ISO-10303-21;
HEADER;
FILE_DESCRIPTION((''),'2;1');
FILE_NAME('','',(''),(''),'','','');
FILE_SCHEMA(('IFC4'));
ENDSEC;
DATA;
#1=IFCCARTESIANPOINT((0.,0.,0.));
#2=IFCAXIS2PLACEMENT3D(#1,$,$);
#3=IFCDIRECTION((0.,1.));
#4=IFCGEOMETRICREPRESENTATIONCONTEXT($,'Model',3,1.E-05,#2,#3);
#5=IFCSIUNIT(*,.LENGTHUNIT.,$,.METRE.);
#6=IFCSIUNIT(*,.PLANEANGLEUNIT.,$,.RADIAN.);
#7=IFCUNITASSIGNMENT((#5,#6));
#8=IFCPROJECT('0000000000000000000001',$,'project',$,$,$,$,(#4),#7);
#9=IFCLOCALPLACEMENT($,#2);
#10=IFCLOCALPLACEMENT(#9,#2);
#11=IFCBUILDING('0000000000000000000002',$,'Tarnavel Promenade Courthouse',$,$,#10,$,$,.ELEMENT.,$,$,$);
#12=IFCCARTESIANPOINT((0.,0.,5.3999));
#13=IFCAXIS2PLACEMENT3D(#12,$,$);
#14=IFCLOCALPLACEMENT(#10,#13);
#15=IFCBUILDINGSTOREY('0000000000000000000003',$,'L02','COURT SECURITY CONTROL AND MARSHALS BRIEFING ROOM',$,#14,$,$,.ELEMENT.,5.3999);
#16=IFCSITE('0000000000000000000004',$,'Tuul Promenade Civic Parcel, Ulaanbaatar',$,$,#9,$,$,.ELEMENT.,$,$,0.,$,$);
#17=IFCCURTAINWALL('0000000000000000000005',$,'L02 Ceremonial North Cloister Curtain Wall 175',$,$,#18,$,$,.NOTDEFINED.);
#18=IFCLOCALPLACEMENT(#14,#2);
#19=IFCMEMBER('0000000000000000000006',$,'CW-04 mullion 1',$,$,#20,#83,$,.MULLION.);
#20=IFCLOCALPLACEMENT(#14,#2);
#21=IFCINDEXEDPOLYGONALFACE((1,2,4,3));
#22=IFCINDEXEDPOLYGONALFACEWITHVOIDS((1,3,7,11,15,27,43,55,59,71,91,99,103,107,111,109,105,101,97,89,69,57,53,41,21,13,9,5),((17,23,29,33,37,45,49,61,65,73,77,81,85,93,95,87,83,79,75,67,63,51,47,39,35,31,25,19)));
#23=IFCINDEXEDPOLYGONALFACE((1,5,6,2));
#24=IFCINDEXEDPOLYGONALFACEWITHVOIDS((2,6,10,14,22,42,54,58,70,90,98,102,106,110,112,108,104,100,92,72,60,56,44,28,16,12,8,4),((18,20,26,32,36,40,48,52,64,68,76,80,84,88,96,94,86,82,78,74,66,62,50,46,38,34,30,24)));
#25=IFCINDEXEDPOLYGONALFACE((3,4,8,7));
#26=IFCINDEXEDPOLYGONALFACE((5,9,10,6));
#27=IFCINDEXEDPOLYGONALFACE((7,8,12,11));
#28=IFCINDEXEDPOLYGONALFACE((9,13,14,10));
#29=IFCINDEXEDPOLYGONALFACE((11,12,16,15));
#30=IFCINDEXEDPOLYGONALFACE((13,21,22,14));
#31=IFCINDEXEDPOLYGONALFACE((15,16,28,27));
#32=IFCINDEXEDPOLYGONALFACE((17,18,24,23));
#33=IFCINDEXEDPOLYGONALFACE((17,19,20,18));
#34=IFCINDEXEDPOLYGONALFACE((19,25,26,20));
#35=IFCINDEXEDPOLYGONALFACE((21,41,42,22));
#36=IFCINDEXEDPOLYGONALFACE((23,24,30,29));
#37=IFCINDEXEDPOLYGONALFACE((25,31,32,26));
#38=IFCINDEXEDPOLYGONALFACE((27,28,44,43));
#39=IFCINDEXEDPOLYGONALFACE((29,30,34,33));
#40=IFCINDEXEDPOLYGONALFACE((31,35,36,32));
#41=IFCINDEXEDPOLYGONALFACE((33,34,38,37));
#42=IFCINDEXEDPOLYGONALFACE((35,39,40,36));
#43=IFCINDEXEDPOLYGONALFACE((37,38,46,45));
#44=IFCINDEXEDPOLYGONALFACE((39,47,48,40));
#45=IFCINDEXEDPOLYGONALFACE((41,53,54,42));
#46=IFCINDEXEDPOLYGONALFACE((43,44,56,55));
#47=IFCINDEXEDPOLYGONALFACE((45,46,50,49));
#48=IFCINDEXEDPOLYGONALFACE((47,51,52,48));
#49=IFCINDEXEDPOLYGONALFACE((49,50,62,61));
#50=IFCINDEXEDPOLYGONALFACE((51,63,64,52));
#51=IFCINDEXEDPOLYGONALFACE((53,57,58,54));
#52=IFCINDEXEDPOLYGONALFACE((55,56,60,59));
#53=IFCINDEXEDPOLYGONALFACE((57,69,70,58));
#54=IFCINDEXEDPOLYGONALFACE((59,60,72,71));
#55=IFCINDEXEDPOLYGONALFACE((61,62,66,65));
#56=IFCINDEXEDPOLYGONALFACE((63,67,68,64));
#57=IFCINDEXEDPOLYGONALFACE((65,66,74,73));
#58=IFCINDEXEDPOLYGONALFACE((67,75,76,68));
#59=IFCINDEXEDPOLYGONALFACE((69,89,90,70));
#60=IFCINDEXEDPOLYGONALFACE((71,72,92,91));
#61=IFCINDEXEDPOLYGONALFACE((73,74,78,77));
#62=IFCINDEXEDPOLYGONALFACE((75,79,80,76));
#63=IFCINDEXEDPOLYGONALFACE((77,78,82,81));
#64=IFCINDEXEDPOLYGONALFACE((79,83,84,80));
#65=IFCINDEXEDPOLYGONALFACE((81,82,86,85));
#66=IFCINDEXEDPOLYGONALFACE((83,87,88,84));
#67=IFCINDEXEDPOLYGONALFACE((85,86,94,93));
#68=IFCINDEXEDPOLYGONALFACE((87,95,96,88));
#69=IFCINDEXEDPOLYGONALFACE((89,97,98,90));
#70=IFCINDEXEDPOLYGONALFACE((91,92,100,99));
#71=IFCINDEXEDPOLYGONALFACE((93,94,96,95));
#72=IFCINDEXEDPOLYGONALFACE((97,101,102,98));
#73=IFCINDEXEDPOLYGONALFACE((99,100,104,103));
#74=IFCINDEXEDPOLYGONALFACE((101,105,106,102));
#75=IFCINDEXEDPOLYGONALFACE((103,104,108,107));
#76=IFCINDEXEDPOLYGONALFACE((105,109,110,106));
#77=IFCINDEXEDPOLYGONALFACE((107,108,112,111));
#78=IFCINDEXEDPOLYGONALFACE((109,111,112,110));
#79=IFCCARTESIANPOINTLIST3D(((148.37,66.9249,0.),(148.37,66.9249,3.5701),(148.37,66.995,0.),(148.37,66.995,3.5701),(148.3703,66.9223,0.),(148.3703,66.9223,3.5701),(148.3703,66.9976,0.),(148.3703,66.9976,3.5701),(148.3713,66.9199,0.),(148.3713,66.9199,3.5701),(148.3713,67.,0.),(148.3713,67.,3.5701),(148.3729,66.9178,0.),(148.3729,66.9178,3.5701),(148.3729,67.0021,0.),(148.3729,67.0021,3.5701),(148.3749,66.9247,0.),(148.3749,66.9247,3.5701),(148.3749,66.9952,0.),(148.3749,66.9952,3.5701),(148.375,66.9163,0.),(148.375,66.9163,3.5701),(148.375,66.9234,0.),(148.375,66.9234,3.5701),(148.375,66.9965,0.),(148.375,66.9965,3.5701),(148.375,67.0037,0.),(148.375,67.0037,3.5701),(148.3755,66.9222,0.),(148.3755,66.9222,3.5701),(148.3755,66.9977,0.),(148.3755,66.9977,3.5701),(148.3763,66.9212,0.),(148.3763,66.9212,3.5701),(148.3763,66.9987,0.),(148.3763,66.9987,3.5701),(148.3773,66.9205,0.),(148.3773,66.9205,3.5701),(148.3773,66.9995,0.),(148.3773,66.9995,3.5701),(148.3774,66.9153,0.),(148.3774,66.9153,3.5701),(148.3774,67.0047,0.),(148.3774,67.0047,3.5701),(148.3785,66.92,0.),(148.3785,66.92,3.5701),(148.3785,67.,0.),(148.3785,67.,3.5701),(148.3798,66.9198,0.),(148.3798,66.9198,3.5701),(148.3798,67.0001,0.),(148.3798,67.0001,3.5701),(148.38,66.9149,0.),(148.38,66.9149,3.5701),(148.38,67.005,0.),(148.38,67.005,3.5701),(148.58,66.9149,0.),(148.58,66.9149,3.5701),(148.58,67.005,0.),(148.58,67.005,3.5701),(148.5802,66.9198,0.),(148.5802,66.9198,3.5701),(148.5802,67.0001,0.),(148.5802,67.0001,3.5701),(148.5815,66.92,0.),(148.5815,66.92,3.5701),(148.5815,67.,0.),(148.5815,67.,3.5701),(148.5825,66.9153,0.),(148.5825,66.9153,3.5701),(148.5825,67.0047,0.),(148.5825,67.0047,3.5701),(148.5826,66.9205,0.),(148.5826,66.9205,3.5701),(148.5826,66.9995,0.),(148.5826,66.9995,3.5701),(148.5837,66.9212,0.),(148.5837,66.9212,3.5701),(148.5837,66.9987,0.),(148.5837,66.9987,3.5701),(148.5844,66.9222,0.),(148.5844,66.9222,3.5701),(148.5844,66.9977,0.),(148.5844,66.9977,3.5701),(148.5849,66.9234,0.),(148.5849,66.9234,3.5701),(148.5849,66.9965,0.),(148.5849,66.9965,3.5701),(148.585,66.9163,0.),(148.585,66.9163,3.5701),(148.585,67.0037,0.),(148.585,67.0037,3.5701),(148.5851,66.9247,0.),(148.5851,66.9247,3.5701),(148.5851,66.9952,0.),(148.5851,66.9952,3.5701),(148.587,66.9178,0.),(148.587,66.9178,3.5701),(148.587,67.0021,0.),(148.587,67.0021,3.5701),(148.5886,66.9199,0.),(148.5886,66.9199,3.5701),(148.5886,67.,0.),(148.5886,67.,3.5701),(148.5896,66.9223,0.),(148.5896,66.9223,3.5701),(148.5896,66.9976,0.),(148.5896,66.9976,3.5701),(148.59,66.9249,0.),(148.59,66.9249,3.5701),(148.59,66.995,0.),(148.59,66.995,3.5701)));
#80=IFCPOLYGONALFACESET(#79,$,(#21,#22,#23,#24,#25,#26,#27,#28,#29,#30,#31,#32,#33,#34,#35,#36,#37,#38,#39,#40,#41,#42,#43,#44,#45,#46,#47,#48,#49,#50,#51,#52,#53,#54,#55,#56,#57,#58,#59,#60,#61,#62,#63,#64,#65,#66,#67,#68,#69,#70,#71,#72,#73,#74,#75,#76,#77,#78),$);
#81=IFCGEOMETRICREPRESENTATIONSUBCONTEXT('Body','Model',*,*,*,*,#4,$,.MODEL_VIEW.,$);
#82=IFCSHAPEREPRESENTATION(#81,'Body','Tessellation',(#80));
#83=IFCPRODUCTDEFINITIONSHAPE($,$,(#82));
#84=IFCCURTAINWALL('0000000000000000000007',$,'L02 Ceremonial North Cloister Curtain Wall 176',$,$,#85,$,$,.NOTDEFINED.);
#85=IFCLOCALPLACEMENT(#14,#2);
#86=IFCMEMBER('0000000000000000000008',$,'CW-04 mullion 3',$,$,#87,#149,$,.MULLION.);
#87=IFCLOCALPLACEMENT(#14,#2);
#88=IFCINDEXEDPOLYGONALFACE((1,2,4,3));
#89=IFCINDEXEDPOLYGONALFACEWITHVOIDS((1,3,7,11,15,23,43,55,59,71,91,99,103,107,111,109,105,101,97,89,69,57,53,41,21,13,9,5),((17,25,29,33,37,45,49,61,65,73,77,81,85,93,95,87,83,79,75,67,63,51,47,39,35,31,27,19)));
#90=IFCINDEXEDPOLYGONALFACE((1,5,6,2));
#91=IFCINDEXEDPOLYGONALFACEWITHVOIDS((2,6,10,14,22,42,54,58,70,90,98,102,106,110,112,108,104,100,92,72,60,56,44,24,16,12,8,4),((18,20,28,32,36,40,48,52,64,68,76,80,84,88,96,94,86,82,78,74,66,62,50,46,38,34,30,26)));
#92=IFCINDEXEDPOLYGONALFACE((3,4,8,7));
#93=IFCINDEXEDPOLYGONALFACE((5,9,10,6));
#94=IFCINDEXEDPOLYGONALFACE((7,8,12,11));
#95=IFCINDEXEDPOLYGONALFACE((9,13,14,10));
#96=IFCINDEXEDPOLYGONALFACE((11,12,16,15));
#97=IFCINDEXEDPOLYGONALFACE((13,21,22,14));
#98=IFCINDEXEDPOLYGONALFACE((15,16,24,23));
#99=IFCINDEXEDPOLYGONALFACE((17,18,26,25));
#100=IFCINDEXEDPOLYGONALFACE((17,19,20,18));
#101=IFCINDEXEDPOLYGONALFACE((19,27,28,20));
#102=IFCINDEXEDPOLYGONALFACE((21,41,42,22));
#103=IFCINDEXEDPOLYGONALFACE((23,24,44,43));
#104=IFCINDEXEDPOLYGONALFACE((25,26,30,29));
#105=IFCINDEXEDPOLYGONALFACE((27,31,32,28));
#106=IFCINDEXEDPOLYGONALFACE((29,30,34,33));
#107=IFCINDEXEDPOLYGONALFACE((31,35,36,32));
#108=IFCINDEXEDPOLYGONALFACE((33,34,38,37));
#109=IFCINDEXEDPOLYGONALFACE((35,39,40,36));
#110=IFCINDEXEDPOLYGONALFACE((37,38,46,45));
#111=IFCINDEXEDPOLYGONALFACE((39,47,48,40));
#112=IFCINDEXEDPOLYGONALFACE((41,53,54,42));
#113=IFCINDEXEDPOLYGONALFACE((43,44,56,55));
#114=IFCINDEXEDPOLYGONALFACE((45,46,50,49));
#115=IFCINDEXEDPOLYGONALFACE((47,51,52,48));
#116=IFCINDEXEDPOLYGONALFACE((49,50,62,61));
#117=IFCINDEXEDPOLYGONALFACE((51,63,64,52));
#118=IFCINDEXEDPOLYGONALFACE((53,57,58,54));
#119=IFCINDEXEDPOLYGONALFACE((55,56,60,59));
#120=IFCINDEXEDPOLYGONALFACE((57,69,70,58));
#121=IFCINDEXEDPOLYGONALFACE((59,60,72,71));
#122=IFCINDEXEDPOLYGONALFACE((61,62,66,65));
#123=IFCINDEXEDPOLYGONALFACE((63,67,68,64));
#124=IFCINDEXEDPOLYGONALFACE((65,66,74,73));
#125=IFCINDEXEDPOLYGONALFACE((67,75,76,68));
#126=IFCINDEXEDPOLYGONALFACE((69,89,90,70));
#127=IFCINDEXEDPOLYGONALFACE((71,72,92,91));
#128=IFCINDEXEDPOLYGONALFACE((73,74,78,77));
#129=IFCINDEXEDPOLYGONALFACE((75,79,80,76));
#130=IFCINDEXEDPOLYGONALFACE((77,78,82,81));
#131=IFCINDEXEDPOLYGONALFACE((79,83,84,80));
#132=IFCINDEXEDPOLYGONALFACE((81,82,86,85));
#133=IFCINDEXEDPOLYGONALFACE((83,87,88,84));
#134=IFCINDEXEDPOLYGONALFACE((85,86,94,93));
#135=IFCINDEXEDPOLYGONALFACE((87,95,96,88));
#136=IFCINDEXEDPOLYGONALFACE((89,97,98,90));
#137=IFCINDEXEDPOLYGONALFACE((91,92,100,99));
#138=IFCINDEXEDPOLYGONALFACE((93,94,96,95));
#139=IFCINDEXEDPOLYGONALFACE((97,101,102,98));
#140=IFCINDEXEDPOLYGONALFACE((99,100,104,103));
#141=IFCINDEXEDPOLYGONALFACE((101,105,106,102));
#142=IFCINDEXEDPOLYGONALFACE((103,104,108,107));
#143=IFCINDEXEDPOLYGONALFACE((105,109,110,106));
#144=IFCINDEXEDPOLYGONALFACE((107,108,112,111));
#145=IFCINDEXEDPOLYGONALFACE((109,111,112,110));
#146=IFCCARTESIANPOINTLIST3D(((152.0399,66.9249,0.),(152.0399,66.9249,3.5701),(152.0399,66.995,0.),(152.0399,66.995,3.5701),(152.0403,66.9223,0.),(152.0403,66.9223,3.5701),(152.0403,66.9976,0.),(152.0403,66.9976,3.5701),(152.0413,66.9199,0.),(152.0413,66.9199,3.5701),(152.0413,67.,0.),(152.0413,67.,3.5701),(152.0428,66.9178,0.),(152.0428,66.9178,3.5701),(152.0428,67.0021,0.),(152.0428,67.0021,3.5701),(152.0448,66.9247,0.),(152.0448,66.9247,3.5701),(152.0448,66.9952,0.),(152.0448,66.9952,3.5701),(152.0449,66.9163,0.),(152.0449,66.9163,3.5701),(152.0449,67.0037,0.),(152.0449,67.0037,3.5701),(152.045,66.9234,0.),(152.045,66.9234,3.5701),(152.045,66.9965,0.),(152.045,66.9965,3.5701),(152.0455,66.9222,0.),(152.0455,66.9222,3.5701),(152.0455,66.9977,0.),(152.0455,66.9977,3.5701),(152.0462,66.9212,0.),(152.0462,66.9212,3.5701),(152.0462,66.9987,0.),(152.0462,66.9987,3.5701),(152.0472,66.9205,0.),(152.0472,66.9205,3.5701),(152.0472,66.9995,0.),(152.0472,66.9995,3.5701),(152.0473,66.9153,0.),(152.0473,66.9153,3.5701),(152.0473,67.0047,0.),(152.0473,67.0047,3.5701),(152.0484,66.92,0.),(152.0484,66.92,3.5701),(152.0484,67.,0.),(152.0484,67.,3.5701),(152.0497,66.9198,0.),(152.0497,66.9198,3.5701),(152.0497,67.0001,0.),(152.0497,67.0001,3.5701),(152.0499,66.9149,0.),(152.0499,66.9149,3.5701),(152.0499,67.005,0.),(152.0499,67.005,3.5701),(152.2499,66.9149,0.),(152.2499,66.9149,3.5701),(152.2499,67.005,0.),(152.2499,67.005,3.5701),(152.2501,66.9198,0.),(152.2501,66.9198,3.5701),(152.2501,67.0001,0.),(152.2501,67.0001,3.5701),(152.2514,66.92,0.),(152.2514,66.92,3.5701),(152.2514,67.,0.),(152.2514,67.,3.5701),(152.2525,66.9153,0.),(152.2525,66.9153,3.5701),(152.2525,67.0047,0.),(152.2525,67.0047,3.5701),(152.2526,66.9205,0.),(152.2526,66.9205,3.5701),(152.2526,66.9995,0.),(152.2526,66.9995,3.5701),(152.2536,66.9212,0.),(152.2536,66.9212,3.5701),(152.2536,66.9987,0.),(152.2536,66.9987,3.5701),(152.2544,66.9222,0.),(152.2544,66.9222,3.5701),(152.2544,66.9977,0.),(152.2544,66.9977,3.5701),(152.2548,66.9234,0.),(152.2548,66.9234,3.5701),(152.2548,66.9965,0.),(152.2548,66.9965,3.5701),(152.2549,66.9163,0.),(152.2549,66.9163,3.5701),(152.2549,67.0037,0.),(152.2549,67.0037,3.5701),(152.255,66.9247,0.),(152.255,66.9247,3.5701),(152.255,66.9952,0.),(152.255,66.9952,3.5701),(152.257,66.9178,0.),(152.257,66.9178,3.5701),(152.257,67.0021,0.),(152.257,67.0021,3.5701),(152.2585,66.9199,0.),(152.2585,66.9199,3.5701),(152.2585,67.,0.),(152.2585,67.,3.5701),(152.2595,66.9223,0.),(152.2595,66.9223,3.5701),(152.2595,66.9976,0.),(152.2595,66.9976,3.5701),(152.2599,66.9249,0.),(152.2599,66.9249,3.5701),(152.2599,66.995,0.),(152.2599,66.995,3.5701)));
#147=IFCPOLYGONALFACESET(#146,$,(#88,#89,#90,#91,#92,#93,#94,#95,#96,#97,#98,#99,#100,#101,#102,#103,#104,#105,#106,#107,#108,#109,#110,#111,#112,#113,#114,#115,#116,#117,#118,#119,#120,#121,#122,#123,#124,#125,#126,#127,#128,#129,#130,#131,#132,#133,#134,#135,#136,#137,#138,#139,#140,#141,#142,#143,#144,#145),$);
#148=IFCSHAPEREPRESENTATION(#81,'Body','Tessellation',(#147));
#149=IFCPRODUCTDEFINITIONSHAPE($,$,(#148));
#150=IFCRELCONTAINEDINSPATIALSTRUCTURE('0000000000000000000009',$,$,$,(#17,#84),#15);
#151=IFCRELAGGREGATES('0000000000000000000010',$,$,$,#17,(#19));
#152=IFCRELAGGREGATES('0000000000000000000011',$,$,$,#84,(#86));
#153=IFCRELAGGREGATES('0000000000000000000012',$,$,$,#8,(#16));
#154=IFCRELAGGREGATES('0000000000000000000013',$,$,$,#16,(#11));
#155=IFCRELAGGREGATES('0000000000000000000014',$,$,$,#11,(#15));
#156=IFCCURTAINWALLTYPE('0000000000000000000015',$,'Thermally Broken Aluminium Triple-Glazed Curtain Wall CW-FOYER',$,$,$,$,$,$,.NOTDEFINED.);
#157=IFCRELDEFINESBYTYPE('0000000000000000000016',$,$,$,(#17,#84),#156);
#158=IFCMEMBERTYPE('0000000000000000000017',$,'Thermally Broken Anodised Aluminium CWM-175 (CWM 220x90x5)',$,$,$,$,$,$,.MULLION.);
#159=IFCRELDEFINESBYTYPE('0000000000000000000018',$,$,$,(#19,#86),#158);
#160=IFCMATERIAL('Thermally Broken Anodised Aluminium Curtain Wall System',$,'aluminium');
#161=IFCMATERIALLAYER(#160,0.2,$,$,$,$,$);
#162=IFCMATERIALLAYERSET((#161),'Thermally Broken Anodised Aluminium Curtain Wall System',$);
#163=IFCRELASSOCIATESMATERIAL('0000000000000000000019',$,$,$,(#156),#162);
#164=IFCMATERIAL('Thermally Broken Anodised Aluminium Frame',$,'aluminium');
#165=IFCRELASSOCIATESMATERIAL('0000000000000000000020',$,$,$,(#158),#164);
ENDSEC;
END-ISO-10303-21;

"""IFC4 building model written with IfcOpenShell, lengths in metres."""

from ifc_helpers import new_model, si_unit, direction, frame, origin, origin_2d, place, context, subcontext, project, spatial, hollow_rectangle, extrude, material, layer, layer_set, material_profile, profile_set, type_object, element, aggregate, save


model = new_model("IFC4")

# Units and contexts
model_context = context("Model", 3, precision=1e-05, world=origin(), true_north=direction((0.0, 1.0)))
body_context = subcontext(model_context, "Body", "Model", "MODEL_VIEW")
ifc_project = project(units=[si_unit("LENGTHUNIT", "METRE"), si_unit("PLANEANGLEUNIT", "RADIAN")], contexts=[model_context])

# Site, building, storey
site_placement = place(None, origin())
site = spatial("IfcSite", under=ifc_project, at=site_placement, Name="Tuul Promenade Civic Parcel, Ulaanbaatar", CompositionType="ELEMENT", RefElevation=0.0)
building_placement = place(site_placement, origin())
building = spatial("IfcBuilding", under=site, at=building_placement, Name="Tarnavel Promenade Courthouse", CompositionType="ELEMENT")
storey_placement = place(building_placement, frame((0.0, 0.0, 5.3999)))
storey = spatial("IfcBuildingStorey", under=building, at=storey_placement, Name="L02", Description="COURT SECURITY CONTROL AND MARSHALS BRIEFING ROOM", CompositionType="ELEMENT", Elevation=5.3999)

# Curtain wall, member
ifc_material_1 = material(Name="Thermally Broken Anodised Aluminium Curtain Wall System", Category="aluminium")
ifc_layer_1 = layer(ifc_material_1, 0.2)
ifc_layer_set_1 = layer_set([ifc_layer_1], Name="Thermally Broken Anodised Aluminium Curtain Wall System")
curtain_wall_type = type_object("IfcCurtainWallType", Name="Thermally Broken Aluminium Triple-Glazed Curtain Wall CW-FOYER", PredefinedType="NOTDEFINED", material=ifc_layer_set_1)
curtain_wall_1_placement = place(storey_placement, origin())
curtain_wall_1 = element("IfcCurtainWall", 1, at=curtain_wall_1_placement, inside=storey, type_object=curtain_wall_type, Name="L02 Ceremonial North Cloister Curtain Wall 175", PredefinedType="NOTDEFINED")
ifc_material_2 = material(Name="Thermally Broken Anodised Aluminium Frame", Category="aluminium")
ifc_material_profile_1 = material_profile(ifc_material_2, hollow_rectangle(XDim=0.0901, YDim=0.22, WallThickness=0.0049, InnerFilletRadius=0.0049, OuterFilletRadius=0.01, at=origin_2d()), Name="CWM 220x90x5")
ifc_profile_set_1 = profile_set([ifc_material_profile_1], Name="Thermally Broken Anodised Aluminium Frame")
member_type_1 = type_object("IfcMemberType", Name="Thermally Broken Anodised Aluminium CWM-175 (CWM 220x90x5)", PredefinedType="MULLION", material=ifc_profile_set_1)
member_1_placement = place(storey_placement, frame((148.48, 66.96, 0.0), z_axis=(0.0, 0.0, 1.0), x_axis=(0.0, -1.0, 0.0)))
member_1 = element("IfcMember", 2, at=member_1_placement, type_object=member_type_1, Name="CW-04 mullion 1", PredefinedType="MULLION", context=body_context, shape_type="SweptSolid", body=[
    extrude(hollow_rectangle(XDim=0.0901, YDim=0.22, WallThickness=0.0049, InnerFilletRadius=0.0049, OuterFilletRadius=0.01, at=origin_2d()), origin(), (0.0, 0.0, 1.0), 3.5701),
])
aggregate(curtain_wall_1, [member_1])

# Curtain wall, member
curtain_wall_2_placement = place(storey_placement, origin())
curtain_wall_2 = element("IfcCurtainWall", 3, at=curtain_wall_2_placement, inside=storey, type_object=curtain_wall_type, Name="L02 Ceremonial North Cloister Curtain Wall 176", PredefinedType="NOTDEFINED")
member_2_placement = place(storey_placement, frame((152.1499, 66.96, 0.0), z_axis=(0.0, 0.0, 1.0), x_axis=(0.0, -1.0, 0.0)))
member_2 = element("IfcMember", 4, at=member_2_placement, type_object=member_type_1, Name="CW-04 mullion 3", PredefinedType="MULLION", context=body_context, shape_type="SweptSolid", body=[
    extrude(hollow_rectangle(XDim=0.0901, YDim=0.22, WallThickness=0.0049, InnerFilletRadius=0.0049, OuterFilletRadius=0.01, at=origin_2d()), origin(), (0.0, 0.0, 1.0), 3.5701),
])
aggregate(curtain_wall_2, [member_2])

save(model, "model.ifc")
